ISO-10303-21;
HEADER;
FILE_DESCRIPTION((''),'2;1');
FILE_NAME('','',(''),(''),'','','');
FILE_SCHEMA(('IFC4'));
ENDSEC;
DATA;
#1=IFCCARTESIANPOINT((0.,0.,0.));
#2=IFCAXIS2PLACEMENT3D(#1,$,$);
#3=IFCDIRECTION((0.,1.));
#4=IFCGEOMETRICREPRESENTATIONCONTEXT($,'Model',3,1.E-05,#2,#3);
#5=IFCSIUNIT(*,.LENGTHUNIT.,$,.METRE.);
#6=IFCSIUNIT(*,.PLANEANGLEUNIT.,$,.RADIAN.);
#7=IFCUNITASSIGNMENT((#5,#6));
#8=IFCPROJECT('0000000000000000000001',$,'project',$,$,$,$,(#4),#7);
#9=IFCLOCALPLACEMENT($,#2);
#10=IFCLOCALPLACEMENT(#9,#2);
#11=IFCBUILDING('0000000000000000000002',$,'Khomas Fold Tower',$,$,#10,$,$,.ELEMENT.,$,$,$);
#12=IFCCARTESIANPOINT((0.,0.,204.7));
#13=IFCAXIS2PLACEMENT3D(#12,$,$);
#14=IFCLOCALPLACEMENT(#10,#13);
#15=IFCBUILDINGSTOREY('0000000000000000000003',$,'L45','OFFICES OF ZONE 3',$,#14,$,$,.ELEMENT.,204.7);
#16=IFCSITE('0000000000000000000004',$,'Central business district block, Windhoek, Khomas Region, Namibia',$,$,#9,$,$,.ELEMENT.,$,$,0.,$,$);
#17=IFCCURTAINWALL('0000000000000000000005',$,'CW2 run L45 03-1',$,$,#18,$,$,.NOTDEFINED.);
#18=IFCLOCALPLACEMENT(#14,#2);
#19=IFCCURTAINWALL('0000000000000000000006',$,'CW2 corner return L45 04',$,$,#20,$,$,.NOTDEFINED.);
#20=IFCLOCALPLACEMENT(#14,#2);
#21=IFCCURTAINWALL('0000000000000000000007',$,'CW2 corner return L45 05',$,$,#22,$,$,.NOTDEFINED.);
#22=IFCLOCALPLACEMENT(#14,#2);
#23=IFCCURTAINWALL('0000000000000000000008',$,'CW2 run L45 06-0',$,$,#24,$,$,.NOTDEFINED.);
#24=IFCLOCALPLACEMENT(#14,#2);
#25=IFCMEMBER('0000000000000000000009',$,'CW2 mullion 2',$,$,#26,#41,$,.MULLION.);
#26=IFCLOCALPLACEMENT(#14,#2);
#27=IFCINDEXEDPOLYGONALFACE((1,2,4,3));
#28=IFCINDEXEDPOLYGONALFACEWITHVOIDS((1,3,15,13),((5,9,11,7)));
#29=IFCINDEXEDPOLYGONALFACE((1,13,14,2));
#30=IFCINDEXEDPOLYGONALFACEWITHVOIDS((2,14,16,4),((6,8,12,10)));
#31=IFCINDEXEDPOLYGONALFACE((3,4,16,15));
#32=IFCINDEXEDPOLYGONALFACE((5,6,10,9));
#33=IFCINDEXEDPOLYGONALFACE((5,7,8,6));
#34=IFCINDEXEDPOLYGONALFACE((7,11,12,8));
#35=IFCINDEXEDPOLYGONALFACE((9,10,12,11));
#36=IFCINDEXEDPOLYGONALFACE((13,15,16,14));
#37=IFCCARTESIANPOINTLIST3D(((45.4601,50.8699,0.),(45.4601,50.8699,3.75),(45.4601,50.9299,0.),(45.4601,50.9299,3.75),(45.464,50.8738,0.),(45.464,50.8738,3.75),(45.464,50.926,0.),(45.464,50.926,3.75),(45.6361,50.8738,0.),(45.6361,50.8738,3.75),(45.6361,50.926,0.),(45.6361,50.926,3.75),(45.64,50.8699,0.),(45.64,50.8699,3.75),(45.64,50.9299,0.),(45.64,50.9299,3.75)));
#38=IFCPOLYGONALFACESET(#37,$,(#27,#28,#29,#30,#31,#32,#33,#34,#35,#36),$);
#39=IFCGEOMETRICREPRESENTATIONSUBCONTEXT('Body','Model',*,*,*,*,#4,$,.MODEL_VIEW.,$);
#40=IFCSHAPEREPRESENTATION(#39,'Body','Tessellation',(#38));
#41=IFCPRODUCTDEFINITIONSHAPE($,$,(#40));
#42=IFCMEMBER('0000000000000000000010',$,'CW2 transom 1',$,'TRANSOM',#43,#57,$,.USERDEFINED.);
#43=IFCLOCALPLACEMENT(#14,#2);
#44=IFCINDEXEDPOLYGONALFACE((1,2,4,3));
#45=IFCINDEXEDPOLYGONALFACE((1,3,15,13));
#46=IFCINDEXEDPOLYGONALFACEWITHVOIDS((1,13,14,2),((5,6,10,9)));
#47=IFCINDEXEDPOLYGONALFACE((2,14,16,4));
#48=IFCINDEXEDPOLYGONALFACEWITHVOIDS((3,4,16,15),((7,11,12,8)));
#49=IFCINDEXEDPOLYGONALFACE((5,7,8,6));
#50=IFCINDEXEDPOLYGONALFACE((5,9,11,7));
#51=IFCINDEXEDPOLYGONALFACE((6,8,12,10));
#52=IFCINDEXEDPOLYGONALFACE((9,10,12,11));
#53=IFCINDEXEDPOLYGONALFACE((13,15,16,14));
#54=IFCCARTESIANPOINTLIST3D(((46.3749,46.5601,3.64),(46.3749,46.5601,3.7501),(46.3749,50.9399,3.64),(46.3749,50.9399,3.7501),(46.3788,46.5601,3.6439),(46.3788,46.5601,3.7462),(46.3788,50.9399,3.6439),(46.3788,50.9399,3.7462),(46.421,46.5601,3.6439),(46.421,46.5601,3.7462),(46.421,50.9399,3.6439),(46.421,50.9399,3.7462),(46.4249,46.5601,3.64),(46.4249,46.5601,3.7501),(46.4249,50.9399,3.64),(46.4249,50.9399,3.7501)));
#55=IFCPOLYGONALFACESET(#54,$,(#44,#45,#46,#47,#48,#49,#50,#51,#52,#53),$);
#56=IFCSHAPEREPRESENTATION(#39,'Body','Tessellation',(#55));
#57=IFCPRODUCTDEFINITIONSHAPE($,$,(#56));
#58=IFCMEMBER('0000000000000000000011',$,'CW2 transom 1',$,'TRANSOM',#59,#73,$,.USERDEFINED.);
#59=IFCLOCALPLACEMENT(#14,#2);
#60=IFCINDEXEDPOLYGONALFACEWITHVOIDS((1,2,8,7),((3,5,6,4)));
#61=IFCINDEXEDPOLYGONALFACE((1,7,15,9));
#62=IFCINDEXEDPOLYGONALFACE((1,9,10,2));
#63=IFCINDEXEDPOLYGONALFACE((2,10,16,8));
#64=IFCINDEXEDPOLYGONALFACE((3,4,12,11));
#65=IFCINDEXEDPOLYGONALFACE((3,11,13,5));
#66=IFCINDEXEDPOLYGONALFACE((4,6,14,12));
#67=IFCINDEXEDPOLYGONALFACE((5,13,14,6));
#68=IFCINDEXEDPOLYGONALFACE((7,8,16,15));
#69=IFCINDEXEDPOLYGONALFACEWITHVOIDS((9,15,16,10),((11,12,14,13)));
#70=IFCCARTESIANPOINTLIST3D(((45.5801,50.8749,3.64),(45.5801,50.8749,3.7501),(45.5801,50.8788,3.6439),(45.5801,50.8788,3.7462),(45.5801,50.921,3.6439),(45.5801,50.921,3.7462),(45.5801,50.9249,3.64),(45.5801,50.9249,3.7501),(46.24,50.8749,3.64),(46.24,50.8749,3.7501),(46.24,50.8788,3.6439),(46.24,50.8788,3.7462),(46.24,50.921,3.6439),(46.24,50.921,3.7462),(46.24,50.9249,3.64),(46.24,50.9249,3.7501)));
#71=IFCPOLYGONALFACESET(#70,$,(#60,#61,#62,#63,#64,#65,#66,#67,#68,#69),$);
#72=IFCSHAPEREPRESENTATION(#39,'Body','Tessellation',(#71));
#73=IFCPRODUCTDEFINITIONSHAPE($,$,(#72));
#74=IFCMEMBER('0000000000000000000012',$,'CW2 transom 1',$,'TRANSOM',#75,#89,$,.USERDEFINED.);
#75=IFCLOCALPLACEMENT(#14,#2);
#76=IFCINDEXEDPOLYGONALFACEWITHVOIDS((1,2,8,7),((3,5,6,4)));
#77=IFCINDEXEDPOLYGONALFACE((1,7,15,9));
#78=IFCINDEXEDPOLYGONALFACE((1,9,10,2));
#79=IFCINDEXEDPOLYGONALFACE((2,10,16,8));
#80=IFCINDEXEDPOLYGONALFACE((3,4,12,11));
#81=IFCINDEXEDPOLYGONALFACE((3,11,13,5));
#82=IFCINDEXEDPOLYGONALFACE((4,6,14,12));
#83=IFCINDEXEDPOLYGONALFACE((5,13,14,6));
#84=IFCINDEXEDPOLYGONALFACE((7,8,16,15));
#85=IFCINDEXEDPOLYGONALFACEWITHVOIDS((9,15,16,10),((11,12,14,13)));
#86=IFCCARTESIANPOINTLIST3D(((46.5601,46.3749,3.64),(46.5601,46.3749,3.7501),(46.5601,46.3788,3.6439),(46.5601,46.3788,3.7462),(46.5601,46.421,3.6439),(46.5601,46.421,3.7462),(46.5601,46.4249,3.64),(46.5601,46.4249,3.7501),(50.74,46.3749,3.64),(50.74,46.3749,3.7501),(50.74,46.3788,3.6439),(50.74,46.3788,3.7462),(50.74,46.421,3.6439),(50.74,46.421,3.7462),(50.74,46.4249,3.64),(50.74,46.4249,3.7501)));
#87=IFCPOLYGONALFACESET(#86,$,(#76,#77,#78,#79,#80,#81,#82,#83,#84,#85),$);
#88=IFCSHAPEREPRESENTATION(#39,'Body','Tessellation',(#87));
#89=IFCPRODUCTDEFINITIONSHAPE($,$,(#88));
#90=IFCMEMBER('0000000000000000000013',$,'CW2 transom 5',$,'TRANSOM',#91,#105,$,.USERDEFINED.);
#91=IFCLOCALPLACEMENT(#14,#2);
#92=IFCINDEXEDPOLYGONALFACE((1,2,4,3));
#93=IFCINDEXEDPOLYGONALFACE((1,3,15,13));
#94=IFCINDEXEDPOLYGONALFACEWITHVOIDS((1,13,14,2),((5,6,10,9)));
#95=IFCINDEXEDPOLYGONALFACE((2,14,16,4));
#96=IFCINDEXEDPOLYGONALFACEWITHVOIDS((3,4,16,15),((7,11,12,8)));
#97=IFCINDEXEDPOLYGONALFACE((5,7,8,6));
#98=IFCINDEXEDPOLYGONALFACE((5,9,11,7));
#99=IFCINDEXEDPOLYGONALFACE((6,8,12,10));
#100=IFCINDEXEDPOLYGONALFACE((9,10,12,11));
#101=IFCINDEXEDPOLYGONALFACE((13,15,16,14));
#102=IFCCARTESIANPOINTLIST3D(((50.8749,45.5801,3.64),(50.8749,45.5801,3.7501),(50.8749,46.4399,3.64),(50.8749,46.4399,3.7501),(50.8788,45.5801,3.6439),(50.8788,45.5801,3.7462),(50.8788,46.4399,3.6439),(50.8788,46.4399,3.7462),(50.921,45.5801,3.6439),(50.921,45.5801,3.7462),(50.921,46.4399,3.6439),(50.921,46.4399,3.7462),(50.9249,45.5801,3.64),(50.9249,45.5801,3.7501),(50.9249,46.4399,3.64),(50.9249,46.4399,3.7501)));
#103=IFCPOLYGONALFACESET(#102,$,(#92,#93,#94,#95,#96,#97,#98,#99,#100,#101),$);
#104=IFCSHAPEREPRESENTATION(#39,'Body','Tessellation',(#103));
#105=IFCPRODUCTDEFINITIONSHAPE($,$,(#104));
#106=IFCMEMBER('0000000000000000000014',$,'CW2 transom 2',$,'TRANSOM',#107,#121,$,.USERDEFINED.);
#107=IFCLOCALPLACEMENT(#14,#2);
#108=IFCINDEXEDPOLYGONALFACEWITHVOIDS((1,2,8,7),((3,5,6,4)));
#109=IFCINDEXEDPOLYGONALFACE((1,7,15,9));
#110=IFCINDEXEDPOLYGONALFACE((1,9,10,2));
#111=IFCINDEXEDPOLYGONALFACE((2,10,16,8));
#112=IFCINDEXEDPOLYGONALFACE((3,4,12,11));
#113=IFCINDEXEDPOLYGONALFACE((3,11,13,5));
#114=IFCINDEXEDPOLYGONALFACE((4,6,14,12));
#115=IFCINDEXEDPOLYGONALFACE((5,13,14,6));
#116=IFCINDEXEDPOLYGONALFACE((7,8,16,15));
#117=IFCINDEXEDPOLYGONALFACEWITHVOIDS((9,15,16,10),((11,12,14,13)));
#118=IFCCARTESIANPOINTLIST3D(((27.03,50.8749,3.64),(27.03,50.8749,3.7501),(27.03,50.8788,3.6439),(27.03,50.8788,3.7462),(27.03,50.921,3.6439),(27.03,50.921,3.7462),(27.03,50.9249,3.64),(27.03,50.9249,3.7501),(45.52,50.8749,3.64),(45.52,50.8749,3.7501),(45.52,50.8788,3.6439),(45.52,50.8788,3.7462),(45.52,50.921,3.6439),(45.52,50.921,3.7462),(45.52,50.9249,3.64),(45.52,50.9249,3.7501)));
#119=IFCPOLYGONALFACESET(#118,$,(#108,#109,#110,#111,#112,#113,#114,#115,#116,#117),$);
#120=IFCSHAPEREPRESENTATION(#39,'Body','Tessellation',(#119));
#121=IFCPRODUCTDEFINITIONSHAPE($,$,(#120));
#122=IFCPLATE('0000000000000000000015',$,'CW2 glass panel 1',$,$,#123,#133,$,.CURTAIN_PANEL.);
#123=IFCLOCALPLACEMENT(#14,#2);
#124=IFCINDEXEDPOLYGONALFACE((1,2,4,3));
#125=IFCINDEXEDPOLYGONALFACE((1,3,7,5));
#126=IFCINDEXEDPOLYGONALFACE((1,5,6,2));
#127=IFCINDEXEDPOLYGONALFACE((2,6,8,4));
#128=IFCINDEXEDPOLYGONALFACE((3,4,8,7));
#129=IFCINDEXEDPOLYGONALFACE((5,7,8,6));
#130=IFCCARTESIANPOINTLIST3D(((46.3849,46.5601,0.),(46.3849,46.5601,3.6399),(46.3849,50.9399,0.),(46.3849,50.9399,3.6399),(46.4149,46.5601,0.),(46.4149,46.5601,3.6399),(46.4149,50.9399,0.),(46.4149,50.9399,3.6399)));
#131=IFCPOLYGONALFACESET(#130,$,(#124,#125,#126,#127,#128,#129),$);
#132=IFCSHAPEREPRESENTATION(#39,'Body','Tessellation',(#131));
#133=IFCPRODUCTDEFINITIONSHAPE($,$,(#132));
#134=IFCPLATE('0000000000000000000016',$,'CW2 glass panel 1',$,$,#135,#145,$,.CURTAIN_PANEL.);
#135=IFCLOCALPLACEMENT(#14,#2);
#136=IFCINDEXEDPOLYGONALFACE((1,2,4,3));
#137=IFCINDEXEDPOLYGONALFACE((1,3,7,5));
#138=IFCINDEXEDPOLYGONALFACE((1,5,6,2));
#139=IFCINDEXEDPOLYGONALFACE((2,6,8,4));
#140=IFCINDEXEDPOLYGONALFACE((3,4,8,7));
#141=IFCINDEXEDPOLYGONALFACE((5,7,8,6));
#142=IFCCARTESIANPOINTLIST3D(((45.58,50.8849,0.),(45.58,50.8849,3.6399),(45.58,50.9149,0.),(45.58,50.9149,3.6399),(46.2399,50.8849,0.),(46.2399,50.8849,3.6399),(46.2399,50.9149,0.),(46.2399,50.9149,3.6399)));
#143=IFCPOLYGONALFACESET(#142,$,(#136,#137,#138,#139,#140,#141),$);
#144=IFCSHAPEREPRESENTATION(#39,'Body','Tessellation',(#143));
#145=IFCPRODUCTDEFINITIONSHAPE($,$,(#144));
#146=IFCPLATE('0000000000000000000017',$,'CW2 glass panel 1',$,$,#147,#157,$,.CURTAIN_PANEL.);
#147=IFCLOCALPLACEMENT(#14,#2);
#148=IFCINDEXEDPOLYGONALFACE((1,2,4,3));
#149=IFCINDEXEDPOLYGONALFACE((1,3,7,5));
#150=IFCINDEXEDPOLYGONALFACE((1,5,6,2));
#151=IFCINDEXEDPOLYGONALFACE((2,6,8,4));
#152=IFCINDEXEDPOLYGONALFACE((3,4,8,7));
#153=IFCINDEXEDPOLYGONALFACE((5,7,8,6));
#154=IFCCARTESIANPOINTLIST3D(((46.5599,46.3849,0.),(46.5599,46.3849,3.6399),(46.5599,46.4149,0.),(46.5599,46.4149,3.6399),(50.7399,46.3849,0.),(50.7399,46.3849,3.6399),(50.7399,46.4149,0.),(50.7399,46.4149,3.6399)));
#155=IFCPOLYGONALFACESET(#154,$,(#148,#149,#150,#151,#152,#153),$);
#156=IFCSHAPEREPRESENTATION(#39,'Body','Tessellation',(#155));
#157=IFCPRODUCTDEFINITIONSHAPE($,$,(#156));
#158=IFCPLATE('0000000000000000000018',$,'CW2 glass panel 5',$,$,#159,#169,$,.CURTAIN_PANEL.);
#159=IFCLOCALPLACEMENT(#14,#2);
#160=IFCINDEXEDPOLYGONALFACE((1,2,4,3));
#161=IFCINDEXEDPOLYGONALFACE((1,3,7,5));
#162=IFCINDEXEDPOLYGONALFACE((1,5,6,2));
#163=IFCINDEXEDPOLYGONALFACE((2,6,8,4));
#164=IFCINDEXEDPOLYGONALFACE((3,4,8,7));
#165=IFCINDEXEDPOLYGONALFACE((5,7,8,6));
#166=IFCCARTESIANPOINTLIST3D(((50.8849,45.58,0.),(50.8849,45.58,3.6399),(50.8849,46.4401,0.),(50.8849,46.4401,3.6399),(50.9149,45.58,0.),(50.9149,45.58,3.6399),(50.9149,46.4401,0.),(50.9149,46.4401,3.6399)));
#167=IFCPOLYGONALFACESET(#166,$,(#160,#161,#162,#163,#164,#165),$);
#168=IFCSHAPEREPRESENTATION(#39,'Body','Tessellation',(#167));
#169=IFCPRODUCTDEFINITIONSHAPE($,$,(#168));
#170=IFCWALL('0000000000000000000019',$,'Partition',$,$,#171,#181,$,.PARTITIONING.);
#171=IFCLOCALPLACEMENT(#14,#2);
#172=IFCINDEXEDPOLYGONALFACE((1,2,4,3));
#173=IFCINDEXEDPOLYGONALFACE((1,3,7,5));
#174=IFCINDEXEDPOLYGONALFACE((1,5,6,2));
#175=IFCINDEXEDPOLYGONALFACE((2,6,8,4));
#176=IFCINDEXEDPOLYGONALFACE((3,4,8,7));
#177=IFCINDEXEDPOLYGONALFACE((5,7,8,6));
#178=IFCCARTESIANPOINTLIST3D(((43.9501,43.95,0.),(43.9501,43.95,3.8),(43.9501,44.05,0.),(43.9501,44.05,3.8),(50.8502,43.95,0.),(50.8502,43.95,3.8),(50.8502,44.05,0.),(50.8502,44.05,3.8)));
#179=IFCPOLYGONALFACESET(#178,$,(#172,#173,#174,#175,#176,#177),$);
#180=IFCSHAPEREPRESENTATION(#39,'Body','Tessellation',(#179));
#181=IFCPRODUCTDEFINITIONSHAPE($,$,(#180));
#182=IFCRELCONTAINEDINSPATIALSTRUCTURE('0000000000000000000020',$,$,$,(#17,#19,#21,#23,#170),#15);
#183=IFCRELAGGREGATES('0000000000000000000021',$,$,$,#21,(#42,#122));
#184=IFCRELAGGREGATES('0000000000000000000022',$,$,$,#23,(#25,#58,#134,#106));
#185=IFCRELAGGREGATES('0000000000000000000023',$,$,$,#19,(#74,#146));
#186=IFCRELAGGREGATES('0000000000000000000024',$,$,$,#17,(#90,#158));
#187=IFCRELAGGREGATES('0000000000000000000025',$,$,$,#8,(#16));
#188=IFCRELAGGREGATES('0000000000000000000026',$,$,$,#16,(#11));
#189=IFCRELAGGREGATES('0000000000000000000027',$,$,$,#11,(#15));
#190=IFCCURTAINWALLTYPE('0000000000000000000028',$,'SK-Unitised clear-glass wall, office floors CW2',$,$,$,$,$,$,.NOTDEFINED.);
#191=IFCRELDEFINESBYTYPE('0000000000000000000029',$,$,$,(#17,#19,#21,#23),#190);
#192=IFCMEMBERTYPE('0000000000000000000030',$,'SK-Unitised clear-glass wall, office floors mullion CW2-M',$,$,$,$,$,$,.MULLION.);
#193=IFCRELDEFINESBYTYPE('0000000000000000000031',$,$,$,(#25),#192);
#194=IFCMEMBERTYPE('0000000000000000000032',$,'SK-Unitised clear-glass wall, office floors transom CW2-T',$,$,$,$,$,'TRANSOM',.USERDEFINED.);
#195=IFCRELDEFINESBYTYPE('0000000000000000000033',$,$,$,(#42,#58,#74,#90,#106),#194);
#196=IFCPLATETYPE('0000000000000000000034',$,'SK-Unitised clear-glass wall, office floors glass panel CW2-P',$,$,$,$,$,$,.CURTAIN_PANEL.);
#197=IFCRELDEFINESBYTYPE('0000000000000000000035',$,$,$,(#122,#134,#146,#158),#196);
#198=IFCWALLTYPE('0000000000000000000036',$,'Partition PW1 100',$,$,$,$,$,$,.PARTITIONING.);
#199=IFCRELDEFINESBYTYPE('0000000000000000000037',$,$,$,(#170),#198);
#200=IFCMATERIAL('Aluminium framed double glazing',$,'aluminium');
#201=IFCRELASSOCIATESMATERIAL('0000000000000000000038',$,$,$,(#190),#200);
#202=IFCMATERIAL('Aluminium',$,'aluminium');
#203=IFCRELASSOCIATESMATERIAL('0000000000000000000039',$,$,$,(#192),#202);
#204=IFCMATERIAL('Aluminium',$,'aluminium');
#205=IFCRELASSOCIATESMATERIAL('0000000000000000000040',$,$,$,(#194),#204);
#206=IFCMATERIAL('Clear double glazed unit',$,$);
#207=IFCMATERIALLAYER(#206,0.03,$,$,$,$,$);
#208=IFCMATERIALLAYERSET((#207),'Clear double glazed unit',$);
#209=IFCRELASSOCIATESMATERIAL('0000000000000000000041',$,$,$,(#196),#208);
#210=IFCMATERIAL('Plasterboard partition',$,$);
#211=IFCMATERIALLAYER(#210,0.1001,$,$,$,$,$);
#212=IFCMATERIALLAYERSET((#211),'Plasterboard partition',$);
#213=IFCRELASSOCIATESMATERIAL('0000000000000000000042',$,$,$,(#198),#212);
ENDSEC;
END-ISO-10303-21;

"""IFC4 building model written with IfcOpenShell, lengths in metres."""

from ifc_helpers import new_model, si_unit, direction, frame, frame_2d, origin, origin_2d, place, context, subcontext, project, spatial, rectangle, hollow_rectangle, extrude, source, transform, mapped, material, layer, layer_set, material_profile, profile_set, type_object, element, aggregate, save


model = new_model("IFC4")

# Units and contexts
model_context = context("Model", 3, precision=1e-05, world=origin(), true_north=direction((0.0, 1.0)))
body_context = subcontext(model_context, "Body", "Model", "MODEL_VIEW")
ifc_project = project(units=[si_unit("LENGTHUNIT", "METRE"), si_unit("PLANEANGLEUNIT", "RADIAN")], contexts=[model_context])

# Site, building, storey
site_placement = place(None, origin())
site = spatial("IfcSite", under=ifc_project, at=site_placement, Name="Central business district block, Windhoek, Khomas Region, Namibia", CompositionType="ELEMENT", RefElevation=0.0)
building_placement = place(site_placement, origin())
building = spatial("IfcBuilding", under=site, at=building_placement, Name="Khomas Fold Tower", CompositionType="ELEMENT")
storey_placement = place(building_placement, frame((0.0, 0.0, 204.7)))
storey = spatial("IfcBuildingStorey", under=building, at=storey_placement, Name="L45", Description="OFFICES OF ZONE 3", CompositionType="ELEMENT", Elevation=204.7)

# Curtain walls
ifc_material_1 = material(Name="Aluminium framed double glazing", Category="aluminium")
curtain_wall_type = type_object("IfcCurtainWallType", Name="SK-Unitised clear-glass wall, office floors CW2", PredefinedType="NOTDEFINED", material=ifc_material_1)
curtain_wall_1_placement = place(storey_placement, origin())
curtain_wall_1 = element("IfcCurtainWall", 1, at=curtain_wall_1_placement, inside=storey, type_object=curtain_wall_type, Name="CW2 run L45 03-1", PredefinedType="NOTDEFINED")
ifc_material_2 = material(Name="Aluminium", Category="aluminium")
ifc_material_profile_1 = material_profile(ifc_material_2, hollow_rectangle(XDim=0.0601, YDim=0.1799, WallThickness=0.0039, at=origin_2d()), Name="SK-Unitised clear-glass wall, office floors mullion CW2-M")
ifc_profile_set_1 = profile_set([ifc_material_profile_1], Name="Aluminium")
member_type_1 = type_object("IfcMemberType", Name="SK-Unitised clear-glass wall, office floors mullion CW2-M", PredefinedType="MULLION", material=ifc_profile_set_1)
shared_shape_1 = source(origin(), body_context, "Body", "SweptSolid", [
    extrude(hollow_rectangle(XDim=0.0601, YDim=0.1799, WallThickness=0.0039, at=origin_2d()), origin(), (0.0, 0.0, 1.0), 3.75),
])
curtain_wall_2_placement = place(storey_placement, origin())
curtain_wall_2 = element("IfcCurtainWall", 2, at=curtain_wall_2_placement, inside=storey, type_object=curtain_wall_type, Name="CW2 corner return L45 04", PredefinedType="NOTDEFINED")
curtain_wall_3_placement = place(storey_placement, origin())
curtain_wall_3 = element("IfcCurtainWall", 3, at=curtain_wall_3_placement, inside=storey, type_object=curtain_wall_type, Name="CW2 corner return L45 05", PredefinedType="NOTDEFINED")

# Curtain wall, member
curtain_wall_4_placement = place(storey_placement, origin())
curtain_wall_4 = element("IfcCurtainWall", 4, at=curtain_wall_4_placement, inside=storey, type_object=curtain_wall_type, Name="CW2 run L45 06-0", PredefinedType="NOTDEFINED")
member_1_placement = place(storey_placement, frame((45.55, 50.8999, 0.0), z_axis=(0.0, 0.0, 1.0), x_axis=(0.0, -1.0, 0.0)))
member_1 = element("IfcMember", 5, at=member_1_placement, type_object=member_type_1, Name="CW2 mullion 2", PredefinedType="MULLION", context=body_context, shape_type="MappedRepresentation", body=[
    mapped(shared_shape_1, transform((0.0, 0.0, 0.0))),
])

# Members
ifc_material_3 = material(Name="Aluminium", Category="aluminium")
ifc_material_profile_2 = material_profile(ifc_material_3, hollow_rectangle(XDim=0.05, YDim=0.1101, WallThickness=0.0039, at=origin_2d()), Name="SK-Unitised clear-glass wall, office floors transom CW2-T")
ifc_profile_set_2 = profile_set([ifc_material_profile_2], Name="Aluminium")
member_type_2 = type_object("IfcMemberType", Name="SK-Unitised clear-glass wall, office floors transom CW2-T", ElementType="TRANSOM", PredefinedType="USERDEFINED", material=ifc_profile_set_2)
shared_shape_2 = source(origin(), body_context, "Body", "SweptSolid", [
    extrude(hollow_rectangle(XDim=0.05, YDim=0.1101, WallThickness=0.0039, at=origin_2d()), origin(), (0.0, 0.0, 1.0), 4.3799),
])
member_2_placement = place(storey_placement, frame((46.3999, 46.5601, 3.6951), z_axis=(0.0, 1.0, 0.0), x_axis=(-1.0, 0.0, 0.0)))
member_2 = element("IfcMember", 6, at=member_2_placement, type_object=member_type_2, Name="CW2 transom 1", ObjectType="TRANSOM", PredefinedType="USERDEFINED", context=body_context, shape_type="MappedRepresentation", body=[
    mapped(shared_shape_2, transform((0.0, 0.0, 0.0))),
])
shared_shape_3 = source(origin(), body_context, "Body", "SweptSolid", [
    extrude(hollow_rectangle(XDim=0.05, YDim=0.1101, WallThickness=0.0039, at=origin_2d()), origin(), (0.0, 0.0, 1.0), 0.6599),
])
member_3_placement = place(storey_placement, frame((46.24, 50.8999, 3.6951), z_axis=(-1.0, 0.0, 0.0), x_axis=(0.0, -1.0, 0.0)))
member_3 = element("IfcMember", 7, at=member_3_placement, type_object=member_type_2, Name="CW2 transom 1", ObjectType="TRANSOM", PredefinedType="USERDEFINED", context=body_context, shape_type="MappedRepresentation", body=[
    mapped(shared_shape_3, transform((0.0, 0.0, 0.0))),
])
shared_shape_4 = source(origin(), body_context, "Body", "SweptSolid", [
    extrude(hollow_rectangle(XDim=0.05, YDim=0.1101, WallThickness=0.0039, at=origin_2d()), origin(), (0.0, 0.0, 1.0), 4.1799),
])
member_4_placement = place(storey_placement, frame((50.74, 46.3999, 3.6951), z_axis=(-1.0, 0.0, 0.0), x_axis=(0.0, -1.0, 0.0)))
member_4 = element("IfcMember", 8, at=member_4_placement, type_object=member_type_2, Name="CW2 transom 1", ObjectType="TRANSOM", PredefinedType="USERDEFINED", context=body_context, shape_type="MappedRepresentation", body=[
    mapped(shared_shape_4, transform((0.0, 0.0, 0.0))),
])
shared_shape_5 = source(origin(), body_context, "Body", "SweptSolid", [
    extrude(hollow_rectangle(XDim=0.05, YDim=0.1101, WallThickness=0.0039, at=origin_2d()), origin(), (0.0, 0.0, 1.0), 0.8599),
])
member_5_placement = place(storey_placement, frame((50.8999, 45.5801, 3.6951), z_axis=(0.0, 1.0, 0.0), x_axis=(-1.0, 0.0, 0.0)))
member_5 = element("IfcMember", 9, at=member_5_placement, type_object=member_type_2, Name="CW2 transom 5", ObjectType="TRANSOM", PredefinedType="USERDEFINED", context=body_context, shape_type="MappedRepresentation", body=[
    mapped(shared_shape_5, transform((0.0, 0.0, 0.0))),
])
shared_shape_6 = source(origin(), body_context, "Body", "SweptSolid", [
    extrude(hollow_rectangle(XDim=0.05, YDim=0.1101, WallThickness=0.0039, at=origin_2d()), origin(), (0.0, 0.0, 1.0), 18.49),
])
member_6_placement = place(storey_placement, frame((45.52, 50.8999, 3.6951), z_axis=(-1.0, 0.0, 0.0), x_axis=(0.0, -1.0, 0.0)))
member_6 = element("IfcMember", 10, at=member_6_placement, type_object=member_type_2, Name="CW2 transom 2", ObjectType="TRANSOM", PredefinedType="USERDEFINED", context=body_context, shape_type="MappedRepresentation", body=[
    mapped(shared_shape_6, transform((0.0, 0.0, 0.0))),
])

# Plates
ifc_material_4 = material(Name="Clear double glazed unit")
ifc_layer_1 = layer(ifc_material_4, 0.03)
ifc_layer_set_1 = layer_set([ifc_layer_1], Name="Clear double glazed unit")
plate_type = type_object("IfcPlateType", Name="SK-Unitised clear-glass wall, office floors glass panel CW2-P", PredefinedType="CURTAIN_PANEL", material=ifc_layer_set_1)
shared_shape_7 = source(origin(), body_context, "Body", "SweptSolid", [
    extrude(rectangle(XDim=4.3799, YDim=0.03, at=origin_2d()), origin(), (0.0, 0.0, 1.0), 3.6399),
])
plate_1_placement = place(storey_placement, frame((46.3999, 48.75, 0.0), z_axis=(0.0, 0.0, 1.0), x_axis=(0.0, 1.0, 0.0)))
plate_1 = element("IfcPlate", 11, at=plate_1_placement, type_object=plate_type, Name="CW2 glass panel 1", PredefinedType="CURTAIN_PANEL", context=body_context, shape_type="MappedRepresentation", body=[
    mapped(shared_shape_7, transform((0.0, 0.0, 0.0))),
])
aggregate(curtain_wall_3, [member_2, plate_1])
shared_shape_8 = source(origin(), body_context, "Body", "SweptSolid", [
    extrude(rectangle(XDim=0.6599, YDim=0.03, at=origin_2d()), origin(), (0.0, 0.0, 1.0), 3.6399),
])
plate_2_placement = place(storey_placement, frame((45.9099, 50.8999, 0.0), z_axis=(0.0, 0.0, 1.0), x_axis=(-1.0, 0.0, 0.0)))
plate_2 = element("IfcPlate", 12, at=plate_2_placement, type_object=plate_type, Name="CW2 glass panel 1", PredefinedType="CURTAIN_PANEL", context=body_context, shape_type="MappedRepresentation", body=[
    mapped(shared_shape_8, transform((0.0, 0.0, 0.0))),
])
aggregate(curtain_wall_4, [member_1, member_3, plate_2, member_6])
shared_shape_9 = source(origin(), body_context, "Body", "SweptSolid", [
    extrude(rectangle(XDim=4.1799, YDim=0.03, at=origin_2d()), origin(), (0.0, 0.0, 1.0), 3.6399),
])
plate_3_placement = place(storey_placement, frame((48.6499, 46.3999, 0.0), z_axis=(0.0, 0.0, 1.0), x_axis=(-1.0, 0.0, 0.0)))
plate_3 = element("IfcPlate", 13, at=plate_3_placement, type_object=plate_type, Name="CW2 glass panel 1", PredefinedType="CURTAIN_PANEL", context=body_context, shape_type="MappedRepresentation", body=[
    mapped(shared_shape_9, transform((0.0, 0.0, 0.0))),
])
aggregate(curtain_wall_2, [member_4, plate_3])
shared_shape_10 = source(origin(), body_context, "Body", "SweptSolid", [
    extrude(rectangle(XDim=0.8601, YDim=0.03, at=origin_2d()), origin(), (0.0, 0.0, 1.0), 3.6399),
])
plate_4_placement = place(storey_placement, frame((50.8999, 46.01, 0.0), z_axis=(0.0, 0.0, 1.0), x_axis=(0.0, 1.0, 0.0)))
plate_4 = element("IfcPlate", 14, at=plate_4_placement, type_object=plate_type, Name="CW2 glass panel 5", PredefinedType="CURTAIN_PANEL", context=body_context, shape_type="MappedRepresentation", body=[
    mapped(shared_shape_10, transform((0.0, 0.0, 0.0))),
])
aggregate(curtain_wall_1, [member_5, plate_4])

# Wall
ifc_material_5 = material(Name="Plasterboard partition")
ifc_layer_2 = layer(ifc_material_5, 0.1001)
ifc_layer_set_2 = layer_set([ifc_layer_2], Name="Plasterboard partition")
wall_type = type_object("IfcWallType", Name="Partition PW1 100", PredefinedType="PARTITIONING", material=ifc_layer_set_2)
shared_shape_11 = source(origin(), body_context, "Body", "SweptSolid", [
    extrude(rectangle(XDim=6.9001, YDim=0.1001, at=frame_2d((3.4502, 0.0))), origin(), (0.0, 0.0, 1.0), 3.8),
])
wall_placement = place(storey_placement, frame((43.95, 44.0, 0.0), z_axis=(0.0, 0.0, 1.0), x_axis=(1.0, 0.0, 0.0)))
element("IfcWall", 15, at=wall_placement, inside=storey, type_object=wall_type, Name="Partition", PredefinedType="PARTITIONING", context=body_context, shape_type="MappedRepresentation", body=[
    mapped(shared_shape_11, transform((0.0, 0.0, 0.0))),
])

save(model, "model.ifc")
